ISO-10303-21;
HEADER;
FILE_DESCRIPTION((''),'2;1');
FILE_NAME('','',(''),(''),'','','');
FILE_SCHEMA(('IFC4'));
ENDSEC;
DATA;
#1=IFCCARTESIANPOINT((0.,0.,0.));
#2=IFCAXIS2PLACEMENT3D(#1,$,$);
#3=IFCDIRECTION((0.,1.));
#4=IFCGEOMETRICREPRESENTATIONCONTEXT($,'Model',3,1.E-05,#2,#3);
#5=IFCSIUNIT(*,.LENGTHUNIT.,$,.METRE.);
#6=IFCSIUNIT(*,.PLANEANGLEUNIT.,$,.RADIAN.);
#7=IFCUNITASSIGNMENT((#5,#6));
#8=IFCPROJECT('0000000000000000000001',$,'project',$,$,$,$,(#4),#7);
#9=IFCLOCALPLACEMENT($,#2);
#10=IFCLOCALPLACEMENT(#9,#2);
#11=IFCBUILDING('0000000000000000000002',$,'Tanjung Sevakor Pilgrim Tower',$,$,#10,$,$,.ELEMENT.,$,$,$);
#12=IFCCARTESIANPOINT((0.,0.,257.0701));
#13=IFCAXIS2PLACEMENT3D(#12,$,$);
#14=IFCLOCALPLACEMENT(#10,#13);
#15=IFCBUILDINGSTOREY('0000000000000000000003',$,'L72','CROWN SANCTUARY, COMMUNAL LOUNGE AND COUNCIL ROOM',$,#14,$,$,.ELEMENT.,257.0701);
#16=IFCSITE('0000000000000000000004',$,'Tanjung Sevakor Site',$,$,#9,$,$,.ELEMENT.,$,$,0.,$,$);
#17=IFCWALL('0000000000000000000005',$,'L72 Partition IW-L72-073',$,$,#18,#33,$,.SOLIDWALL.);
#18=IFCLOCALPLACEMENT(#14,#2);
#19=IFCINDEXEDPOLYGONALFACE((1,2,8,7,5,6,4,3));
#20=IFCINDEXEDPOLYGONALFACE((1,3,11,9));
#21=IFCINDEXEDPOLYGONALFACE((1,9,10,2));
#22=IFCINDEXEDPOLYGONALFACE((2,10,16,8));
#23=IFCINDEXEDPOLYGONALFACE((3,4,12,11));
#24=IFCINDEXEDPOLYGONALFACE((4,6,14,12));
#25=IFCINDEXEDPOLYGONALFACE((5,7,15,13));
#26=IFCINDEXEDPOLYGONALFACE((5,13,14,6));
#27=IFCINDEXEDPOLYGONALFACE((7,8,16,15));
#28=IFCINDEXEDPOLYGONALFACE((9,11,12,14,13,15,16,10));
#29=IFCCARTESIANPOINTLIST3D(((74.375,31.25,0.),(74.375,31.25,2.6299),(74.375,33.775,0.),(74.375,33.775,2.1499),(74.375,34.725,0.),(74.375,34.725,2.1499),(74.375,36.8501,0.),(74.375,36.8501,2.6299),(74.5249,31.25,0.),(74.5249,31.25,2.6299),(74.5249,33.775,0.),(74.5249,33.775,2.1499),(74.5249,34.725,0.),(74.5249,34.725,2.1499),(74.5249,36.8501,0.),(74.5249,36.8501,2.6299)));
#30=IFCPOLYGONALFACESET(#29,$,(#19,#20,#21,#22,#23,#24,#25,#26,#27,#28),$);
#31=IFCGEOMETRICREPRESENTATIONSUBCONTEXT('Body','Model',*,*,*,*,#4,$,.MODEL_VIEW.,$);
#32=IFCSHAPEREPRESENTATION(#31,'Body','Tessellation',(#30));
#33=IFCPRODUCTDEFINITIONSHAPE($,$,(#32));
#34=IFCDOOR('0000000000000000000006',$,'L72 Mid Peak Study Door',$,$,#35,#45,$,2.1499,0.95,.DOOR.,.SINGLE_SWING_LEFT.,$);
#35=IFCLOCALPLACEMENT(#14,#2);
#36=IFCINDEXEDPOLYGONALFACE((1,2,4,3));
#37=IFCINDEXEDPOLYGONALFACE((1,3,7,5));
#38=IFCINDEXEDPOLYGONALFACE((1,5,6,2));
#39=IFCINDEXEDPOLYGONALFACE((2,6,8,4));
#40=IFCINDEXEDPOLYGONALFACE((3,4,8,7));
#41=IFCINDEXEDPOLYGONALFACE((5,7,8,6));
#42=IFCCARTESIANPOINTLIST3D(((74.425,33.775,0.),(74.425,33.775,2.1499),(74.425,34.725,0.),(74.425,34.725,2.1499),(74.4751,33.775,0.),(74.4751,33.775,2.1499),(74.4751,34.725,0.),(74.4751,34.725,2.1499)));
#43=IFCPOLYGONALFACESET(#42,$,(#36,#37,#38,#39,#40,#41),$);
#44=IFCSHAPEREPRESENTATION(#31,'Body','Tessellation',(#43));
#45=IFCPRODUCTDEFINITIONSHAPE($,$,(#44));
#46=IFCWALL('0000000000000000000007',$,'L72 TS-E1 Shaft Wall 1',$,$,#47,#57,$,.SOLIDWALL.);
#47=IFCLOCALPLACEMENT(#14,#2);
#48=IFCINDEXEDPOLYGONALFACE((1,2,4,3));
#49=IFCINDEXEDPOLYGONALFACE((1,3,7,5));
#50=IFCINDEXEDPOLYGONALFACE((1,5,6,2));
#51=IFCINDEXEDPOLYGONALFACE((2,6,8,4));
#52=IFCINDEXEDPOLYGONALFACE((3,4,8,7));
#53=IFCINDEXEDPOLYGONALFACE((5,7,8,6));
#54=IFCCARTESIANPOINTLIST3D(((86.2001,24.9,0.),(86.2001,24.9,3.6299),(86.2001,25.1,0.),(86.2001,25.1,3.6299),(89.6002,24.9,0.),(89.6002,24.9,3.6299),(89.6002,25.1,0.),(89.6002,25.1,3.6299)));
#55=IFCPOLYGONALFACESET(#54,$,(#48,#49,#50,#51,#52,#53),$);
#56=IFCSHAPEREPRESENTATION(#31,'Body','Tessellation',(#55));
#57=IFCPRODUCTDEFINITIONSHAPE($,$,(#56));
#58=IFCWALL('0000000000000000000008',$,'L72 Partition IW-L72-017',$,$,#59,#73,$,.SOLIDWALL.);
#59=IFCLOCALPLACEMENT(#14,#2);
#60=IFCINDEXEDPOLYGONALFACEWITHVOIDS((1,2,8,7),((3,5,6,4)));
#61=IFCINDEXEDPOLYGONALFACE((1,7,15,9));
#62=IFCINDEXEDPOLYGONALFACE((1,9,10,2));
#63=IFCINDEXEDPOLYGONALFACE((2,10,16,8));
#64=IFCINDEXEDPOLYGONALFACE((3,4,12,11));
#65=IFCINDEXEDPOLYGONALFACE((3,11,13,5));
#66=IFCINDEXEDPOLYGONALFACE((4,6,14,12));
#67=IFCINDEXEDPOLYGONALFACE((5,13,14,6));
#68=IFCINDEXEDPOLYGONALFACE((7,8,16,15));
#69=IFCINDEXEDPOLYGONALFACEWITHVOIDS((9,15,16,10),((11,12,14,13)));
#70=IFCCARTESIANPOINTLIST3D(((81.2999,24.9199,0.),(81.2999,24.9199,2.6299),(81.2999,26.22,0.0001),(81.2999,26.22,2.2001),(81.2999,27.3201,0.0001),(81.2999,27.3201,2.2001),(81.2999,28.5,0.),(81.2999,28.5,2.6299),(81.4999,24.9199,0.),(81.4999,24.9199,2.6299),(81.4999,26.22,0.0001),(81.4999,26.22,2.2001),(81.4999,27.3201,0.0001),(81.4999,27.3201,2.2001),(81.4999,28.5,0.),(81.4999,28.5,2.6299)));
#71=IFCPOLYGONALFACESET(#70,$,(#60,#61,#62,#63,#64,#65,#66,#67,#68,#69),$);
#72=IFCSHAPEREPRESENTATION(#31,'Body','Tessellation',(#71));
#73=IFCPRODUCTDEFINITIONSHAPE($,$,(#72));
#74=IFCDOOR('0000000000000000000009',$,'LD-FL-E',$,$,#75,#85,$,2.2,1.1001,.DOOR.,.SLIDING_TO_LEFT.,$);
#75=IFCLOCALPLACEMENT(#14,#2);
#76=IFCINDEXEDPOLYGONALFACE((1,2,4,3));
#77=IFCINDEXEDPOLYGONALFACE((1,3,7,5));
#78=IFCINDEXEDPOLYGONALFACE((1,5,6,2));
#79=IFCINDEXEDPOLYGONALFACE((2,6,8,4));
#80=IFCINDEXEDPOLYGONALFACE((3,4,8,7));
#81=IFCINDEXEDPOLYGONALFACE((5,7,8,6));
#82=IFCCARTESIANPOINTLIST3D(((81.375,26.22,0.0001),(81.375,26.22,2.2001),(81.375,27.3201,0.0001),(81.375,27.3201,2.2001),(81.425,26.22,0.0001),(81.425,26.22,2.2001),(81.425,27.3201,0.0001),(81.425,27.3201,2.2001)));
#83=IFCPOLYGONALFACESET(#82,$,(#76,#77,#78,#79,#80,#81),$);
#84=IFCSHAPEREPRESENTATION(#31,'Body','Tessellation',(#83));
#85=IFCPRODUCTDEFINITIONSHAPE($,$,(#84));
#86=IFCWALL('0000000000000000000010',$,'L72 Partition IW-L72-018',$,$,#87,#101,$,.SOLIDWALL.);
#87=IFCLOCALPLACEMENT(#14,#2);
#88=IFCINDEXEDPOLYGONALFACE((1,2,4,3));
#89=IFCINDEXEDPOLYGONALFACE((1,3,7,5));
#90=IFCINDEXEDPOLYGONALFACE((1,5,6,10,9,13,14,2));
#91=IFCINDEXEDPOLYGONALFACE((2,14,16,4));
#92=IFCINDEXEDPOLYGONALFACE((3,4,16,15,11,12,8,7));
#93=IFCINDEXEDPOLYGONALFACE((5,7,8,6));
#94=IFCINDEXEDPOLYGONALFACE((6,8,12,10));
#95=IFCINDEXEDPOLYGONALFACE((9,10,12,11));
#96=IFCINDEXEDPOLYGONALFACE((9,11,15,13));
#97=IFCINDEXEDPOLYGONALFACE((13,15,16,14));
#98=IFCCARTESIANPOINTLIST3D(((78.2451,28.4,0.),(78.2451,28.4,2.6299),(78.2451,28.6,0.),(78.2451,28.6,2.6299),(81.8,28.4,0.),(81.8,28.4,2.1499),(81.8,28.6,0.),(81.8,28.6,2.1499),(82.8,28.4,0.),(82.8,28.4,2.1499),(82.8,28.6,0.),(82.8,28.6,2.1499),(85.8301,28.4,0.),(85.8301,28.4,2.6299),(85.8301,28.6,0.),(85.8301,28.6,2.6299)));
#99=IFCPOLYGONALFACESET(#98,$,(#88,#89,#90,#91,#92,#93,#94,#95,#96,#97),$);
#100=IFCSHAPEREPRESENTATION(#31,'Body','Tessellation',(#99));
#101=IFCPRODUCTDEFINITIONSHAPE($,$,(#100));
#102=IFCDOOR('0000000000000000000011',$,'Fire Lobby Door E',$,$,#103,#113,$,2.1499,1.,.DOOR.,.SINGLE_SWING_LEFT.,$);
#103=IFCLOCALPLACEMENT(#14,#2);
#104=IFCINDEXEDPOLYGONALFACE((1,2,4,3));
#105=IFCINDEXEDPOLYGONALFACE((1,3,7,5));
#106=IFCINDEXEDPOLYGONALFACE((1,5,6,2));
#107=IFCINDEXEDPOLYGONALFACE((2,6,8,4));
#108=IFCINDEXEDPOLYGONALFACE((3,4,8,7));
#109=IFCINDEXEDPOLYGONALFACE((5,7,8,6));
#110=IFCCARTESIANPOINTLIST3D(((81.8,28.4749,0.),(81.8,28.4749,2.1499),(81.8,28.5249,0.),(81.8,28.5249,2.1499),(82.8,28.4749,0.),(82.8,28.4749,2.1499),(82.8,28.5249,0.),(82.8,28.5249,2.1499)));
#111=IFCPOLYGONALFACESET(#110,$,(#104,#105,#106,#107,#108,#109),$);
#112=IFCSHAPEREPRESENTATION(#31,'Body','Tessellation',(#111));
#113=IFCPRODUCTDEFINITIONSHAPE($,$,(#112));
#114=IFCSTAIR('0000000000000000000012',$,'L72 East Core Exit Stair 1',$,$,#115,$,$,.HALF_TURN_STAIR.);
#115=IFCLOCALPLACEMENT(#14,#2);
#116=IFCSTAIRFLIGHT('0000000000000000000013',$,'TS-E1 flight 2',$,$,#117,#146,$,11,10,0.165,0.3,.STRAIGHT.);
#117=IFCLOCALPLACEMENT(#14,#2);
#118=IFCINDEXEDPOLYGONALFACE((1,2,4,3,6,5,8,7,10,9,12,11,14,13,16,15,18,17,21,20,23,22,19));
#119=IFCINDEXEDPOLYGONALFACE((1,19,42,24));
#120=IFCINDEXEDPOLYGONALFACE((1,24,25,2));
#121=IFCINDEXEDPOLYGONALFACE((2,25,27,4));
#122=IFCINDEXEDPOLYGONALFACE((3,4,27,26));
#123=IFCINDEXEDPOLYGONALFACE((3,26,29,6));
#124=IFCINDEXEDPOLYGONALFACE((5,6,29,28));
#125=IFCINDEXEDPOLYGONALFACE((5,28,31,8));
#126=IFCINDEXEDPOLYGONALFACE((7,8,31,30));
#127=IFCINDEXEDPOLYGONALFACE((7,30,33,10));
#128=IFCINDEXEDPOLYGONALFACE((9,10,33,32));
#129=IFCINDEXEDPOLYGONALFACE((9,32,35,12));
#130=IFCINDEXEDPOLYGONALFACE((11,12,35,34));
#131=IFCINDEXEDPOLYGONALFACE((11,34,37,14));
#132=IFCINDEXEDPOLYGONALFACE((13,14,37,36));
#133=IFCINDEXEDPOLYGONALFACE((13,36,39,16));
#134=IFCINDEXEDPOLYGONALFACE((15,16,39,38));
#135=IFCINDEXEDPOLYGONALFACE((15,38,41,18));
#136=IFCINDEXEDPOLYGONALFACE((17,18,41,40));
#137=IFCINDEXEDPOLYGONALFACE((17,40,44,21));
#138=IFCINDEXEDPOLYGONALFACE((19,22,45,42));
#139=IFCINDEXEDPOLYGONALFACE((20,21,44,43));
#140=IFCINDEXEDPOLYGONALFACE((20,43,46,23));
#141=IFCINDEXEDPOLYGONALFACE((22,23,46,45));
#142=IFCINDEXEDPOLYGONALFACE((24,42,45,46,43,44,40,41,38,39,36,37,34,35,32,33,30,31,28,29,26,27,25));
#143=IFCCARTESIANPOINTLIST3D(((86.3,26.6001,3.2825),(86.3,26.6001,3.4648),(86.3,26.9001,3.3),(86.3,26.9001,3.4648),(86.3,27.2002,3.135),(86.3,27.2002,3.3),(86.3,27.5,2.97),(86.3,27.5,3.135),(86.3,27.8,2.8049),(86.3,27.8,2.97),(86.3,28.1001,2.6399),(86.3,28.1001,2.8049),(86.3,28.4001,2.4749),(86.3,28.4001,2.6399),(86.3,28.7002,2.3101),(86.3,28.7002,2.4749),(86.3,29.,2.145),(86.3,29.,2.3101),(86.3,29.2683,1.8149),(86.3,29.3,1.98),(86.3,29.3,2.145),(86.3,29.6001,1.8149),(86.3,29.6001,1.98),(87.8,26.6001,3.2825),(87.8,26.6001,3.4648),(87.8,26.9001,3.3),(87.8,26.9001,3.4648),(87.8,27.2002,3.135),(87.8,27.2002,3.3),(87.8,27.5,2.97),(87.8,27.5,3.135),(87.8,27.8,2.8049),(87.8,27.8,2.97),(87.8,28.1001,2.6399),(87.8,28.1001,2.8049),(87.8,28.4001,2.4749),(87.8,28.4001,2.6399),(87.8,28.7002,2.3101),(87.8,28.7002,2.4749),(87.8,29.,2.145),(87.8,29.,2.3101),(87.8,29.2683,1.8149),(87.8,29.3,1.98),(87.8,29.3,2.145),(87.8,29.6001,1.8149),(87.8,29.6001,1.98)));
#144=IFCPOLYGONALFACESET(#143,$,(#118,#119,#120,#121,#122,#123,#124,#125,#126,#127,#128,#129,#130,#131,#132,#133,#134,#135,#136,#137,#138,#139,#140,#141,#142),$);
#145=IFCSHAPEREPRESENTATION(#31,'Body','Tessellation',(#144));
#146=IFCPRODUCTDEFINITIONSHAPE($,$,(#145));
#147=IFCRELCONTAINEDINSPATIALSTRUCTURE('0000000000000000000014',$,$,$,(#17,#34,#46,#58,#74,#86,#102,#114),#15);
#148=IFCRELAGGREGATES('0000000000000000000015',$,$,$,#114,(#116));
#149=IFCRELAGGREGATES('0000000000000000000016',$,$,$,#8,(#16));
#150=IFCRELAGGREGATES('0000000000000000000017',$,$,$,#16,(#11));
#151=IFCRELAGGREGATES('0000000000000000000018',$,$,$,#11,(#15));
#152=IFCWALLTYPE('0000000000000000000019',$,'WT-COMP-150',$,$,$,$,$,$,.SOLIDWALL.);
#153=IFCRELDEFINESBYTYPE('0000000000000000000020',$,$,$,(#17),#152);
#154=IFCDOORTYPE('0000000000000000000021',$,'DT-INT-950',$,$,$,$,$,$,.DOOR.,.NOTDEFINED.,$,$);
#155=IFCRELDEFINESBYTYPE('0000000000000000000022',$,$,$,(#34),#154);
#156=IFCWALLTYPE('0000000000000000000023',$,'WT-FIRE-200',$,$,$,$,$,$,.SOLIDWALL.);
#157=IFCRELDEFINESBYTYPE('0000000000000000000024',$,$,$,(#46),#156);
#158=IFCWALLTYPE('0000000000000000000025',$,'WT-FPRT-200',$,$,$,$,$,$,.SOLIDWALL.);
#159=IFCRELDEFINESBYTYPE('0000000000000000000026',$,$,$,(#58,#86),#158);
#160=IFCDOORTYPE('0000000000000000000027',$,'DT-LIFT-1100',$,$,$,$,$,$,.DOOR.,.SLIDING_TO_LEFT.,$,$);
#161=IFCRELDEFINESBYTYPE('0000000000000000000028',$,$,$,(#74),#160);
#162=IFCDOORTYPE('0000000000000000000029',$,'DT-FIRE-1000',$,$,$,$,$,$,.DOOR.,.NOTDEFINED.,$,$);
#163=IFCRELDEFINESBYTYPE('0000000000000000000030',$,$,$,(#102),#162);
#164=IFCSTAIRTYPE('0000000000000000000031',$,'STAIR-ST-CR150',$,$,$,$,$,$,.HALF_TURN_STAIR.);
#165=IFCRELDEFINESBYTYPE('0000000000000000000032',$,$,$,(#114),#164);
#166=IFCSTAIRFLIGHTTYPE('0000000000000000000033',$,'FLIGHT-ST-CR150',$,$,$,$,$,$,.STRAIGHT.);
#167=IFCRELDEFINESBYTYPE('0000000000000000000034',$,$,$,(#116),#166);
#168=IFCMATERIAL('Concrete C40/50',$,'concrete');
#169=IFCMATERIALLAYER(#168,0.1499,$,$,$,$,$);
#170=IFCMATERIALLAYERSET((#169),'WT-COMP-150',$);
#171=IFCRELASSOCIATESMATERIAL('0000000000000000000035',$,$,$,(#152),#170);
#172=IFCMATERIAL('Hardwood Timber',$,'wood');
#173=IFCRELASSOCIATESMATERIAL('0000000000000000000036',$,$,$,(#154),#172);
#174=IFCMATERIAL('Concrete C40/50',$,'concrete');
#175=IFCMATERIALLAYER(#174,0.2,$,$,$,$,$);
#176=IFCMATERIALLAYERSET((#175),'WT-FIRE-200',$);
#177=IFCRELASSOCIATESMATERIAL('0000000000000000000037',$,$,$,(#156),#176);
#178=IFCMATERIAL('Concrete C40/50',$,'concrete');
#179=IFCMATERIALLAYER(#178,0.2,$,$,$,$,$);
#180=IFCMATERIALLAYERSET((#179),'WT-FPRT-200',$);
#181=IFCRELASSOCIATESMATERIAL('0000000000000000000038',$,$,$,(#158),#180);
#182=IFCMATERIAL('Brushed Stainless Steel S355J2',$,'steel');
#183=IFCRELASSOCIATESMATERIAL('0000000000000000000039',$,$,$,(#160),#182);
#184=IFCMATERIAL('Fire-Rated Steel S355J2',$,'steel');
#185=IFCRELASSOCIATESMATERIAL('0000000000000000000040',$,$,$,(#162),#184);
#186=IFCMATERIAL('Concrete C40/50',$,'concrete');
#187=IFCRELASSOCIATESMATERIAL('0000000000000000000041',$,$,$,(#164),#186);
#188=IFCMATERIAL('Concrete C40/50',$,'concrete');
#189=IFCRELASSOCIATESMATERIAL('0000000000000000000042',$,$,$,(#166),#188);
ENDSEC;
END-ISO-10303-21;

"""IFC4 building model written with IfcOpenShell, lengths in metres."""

from ifc_helpers import new_model, si_unit, direction, frame, frame_2d, origin, place, context, subcontext, project, spatial, polyline, rectangle, outline, extrude, material, layer, layer_set, type_object, element, fill, aggregate, save


model = new_model("IFC4")

# Units and contexts
model_context = context("Model", 3, precision=1e-05, world=origin(), true_north=direction((0.0, 1.0)))
body_context = subcontext(model_context, "Body", "Model", "MODEL_VIEW")
ifc_project = project(units=[si_unit("LENGTHUNIT", "METRE"), si_unit("PLANEANGLEUNIT", "RADIAN")], contexts=[model_context])

# Site, building, storey
site_placement = place(None, origin())
site = spatial("IfcSite", under=ifc_project, at=site_placement, Name="Tanjung Sevakor Site", CompositionType="ELEMENT", RefElevation=0.0)
building_placement = place(site_placement, origin())
building = spatial("IfcBuilding", under=site, at=building_placement, Name="Tanjung Sevakor Pilgrim Tower", CompositionType="ELEMENT")
storey_placement = place(building_placement, frame((0.0, 0.0, 257.0701)))
storey = spatial("IfcBuildingStorey", under=building, at=storey_placement, Name="L72", Description="CROWN SANCTUARY, COMMUNAL LOUNGE AND COUNCIL ROOM", CompositionType="ELEMENT", Elevation=257.0701)

# Shared definitions
ifc_material_1 = material(Name="Concrete C40/50", Category="concrete")
ifc_layer_1 = layer(ifc_material_1, 0.1499)
ifc_layer_set_1 = layer_set([ifc_layer_1], Name="WT-COMP-150")
wall_type_1 = type_object("IfcWallType", Name="WT-COMP-150", PredefinedType="SOLIDWALL", material=ifc_layer_set_1)

# Wall, opening, door
wall_1_placement = place(storey_placement, frame((74.45, 31.25, 0.0), z_axis=(0.0, 0.0, 1.0), x_axis=(0.0, 1.0, 0.0)))
wall_1 = element("IfcWall", 1, at=wall_1_placement, inside=storey, type_object=wall_type_1, Name="L72 Partition IW-L72-073", PredefinedType="SOLIDWALL", context=body_context, shape_type="SweptSolid", body=[
    extrude(rectangle(XDim=5.6001, YDim=0.1499, at=frame_2d((2.8, 0.0))), origin(), (0.0, 0.0, 1.0), 2.6299),
])
opening_1_placement = place(wall_1_placement, frame((2.5249, 0.0, 0.0)))
opening_1 = element("IfcOpeningElement", 2, at=opening_1_placement, cuts=wall_1, PredefinedType="OPENING", context=body_context, shape_type="SweptSolid", body=[
    extrude(rectangle(XDim=0.95, YDim=2.1499, at=frame_2d((0.4751, 1.075))), frame((0.0, 0.085, 0.0), z_axis=(0.0, -1.0, 0.0), x_axis=(1.0, 0.0, 0.0)), (0.0, 0.0, 1.0), 0.1699),
])
ifc_material_2 = material(Name="Hardwood Timber", Category="wood")
door_type_1 = type_object("IfcDoorType", Name="DT-INT-950", OperationType="NOTDEFINED", PredefinedType="DOOR", material=ifc_material_2)
door_1_placement = place(opening_1_placement, origin())
door_1 = element("IfcDoor", 3, at=door_1_placement, inside=storey, type_object=door_type_1, Name="L72 Mid Peak Study Door", OperationType="SINGLE_SWING_LEFT", OverallHeight=2.1499, OverallWidth=0.95, PredefinedType="DOOR", context=body_context, shape_type="SweptSolid", body=[
    extrude(rectangle(XDim=0.95, YDim=2.1499, at=frame_2d((0.4751, 1.075))), frame((0.0, 0.0249, 0.0), z_axis=(0.0, -1.0, 0.0), x_axis=(1.0, 0.0, 0.0)), (0.0, 0.0, 1.0), 0.05),
])
fill(opening_1, door_1)

# Wall
ifc_material_3 = material(Name="Concrete C40/50", Category="concrete")
ifc_layer_2 = layer(ifc_material_3, 0.2)
ifc_layer_set_2 = layer_set([ifc_layer_2], Name="WT-FIRE-200")
wall_type_2 = type_object("IfcWallType", Name="WT-FIRE-200", PredefinedType="SOLIDWALL", material=ifc_layer_set_2)
wall_2_placement = place(storey_placement, frame((86.2, 25.0, 0.0), z_axis=(0.0, 0.0, 1.0), x_axis=(1.0, 0.0, 0.0)))
element("IfcWall", 4, at=wall_2_placement, inside=storey, type_object=wall_type_2, Name="L72 TS-E1 Shaft Wall 1", PredefinedType="SOLIDWALL", context=body_context, shape_type="SweptSolid", body=[
    extrude(rectangle(XDim=3.4001, YDim=0.2, at=frame_2d((1.7002, 0.0))), origin(), (0.0, 0.0, 1.0), 3.6299),
])

# Walls, openings, doors
ifc_material_4 = material(Name="Concrete C40/50", Category="concrete")
ifc_layer_3 = layer(ifc_material_4, 0.2)
ifc_layer_set_3 = layer_set([ifc_layer_3], Name="WT-FPRT-200")
wall_type_3 = type_object("IfcWallType", Name="WT-FPRT-200", PredefinedType="SOLIDWALL", material=ifc_layer_set_3)
wall_3_placement = place(storey_placement, frame((81.3999, 24.9199, 0.0), z_axis=(0.0, 0.0, 1.0), x_axis=(0.0, 1.0, 0.0)))
wall_3 = element("IfcWall", 5, at=wall_3_placement, inside=storey, type_object=wall_type_3, Name="L72 Partition IW-L72-017", PredefinedType="SOLIDWALL", context=body_context, shape_type="SweptSolid", body=[
    extrude(rectangle(XDim=3.5801, YDim=0.2, at=frame_2d((1.79, 0.0))), origin(), (0.0, 0.0, 1.0), 2.6299),
])
opening_2_placement = place(wall_3_placement, frame((1.3, 0.0, 0.0)))
opening_2 = element("IfcOpeningElement", 6, at=opening_2_placement, cuts=wall_3, PredefinedType="OPENING", context=body_context, shape_type="SweptSolid", body=[
    extrude(rectangle(XDim=1.1001, YDim=2.2, at=frame_2d((0.55, 1.1001))), frame((0.0, 0.1099, 0.0), z_axis=(0.0, -1.0, 0.0), x_axis=(1.0, 0.0, 0.0)), (0.0, 0.0, 1.0), 0.22),
])
ifc_material_5 = material(Name="Brushed Stainless Steel S355J2", Category="steel")
door_type_2 = type_object("IfcDoorType", Name="DT-LIFT-1100", OperationType="SLIDING_TO_LEFT", PredefinedType="DOOR", material=ifc_material_5)
door_2_placement = place(opening_2_placement, origin())
door_2 = element("IfcDoor", 7, at=door_2_placement, inside=storey, type_object=door_type_2, Name="LD-FL-E", OperationType="SLIDING_TO_LEFT", OverallHeight=2.2, OverallWidth=1.1001, PredefinedType="DOOR", context=body_context, shape_type="SweptSolid", body=[
    extrude(rectangle(XDim=1.1001, YDim=2.2, at=frame_2d((0.55, 1.1001))), frame((0.0, 0.0249, 0.0), z_axis=(0.0, -1.0, 0.0), x_axis=(1.0, 0.0, 0.0)), (0.0, 0.0, 1.0), 0.05),
])
fill(opening_2, door_2)
wall_4_placement = place(storey_placement, frame((78.2451, 28.5, 0.0), z_axis=(0.0, 0.0, 1.0), x_axis=(1.0, 0.0, 0.0)))
wall_4 = element("IfcWall", 8, at=wall_4_placement, inside=storey, type_object=wall_type_3, Name="L72 Partition IW-L72-018", PredefinedType="SOLIDWALL", context=body_context, shape_type="SweptSolid", body=[
    extrude(rectangle(XDim=7.585, YDim=0.2, at=frame_2d((3.7925, 0.0))), origin(), (0.0, 0.0, 1.0), 2.6299),
])
opening_3_placement = place(wall_4_placement, frame((3.5549, 0.0, 0.0)))
opening_3 = element("IfcOpeningElement", 9, at=opening_3_placement, cuts=wall_4, PredefinedType="OPENING", context=body_context, shape_type="SweptSolid", body=[
    extrude(rectangle(XDim=1.0, YDim=2.1499, at=frame_2d((0.5, 1.075))), frame((0.0, 0.1099, 0.0), z_axis=(0.0, -1.0, 0.0), x_axis=(1.0, 0.0, 0.0)), (0.0, 0.0, 1.0), 0.22),
])
ifc_material_6 = material(Name="Fire-Rated Steel S355J2", Category="steel")
door_type_3 = type_object("IfcDoorType", Name="DT-FIRE-1000", OperationType="NOTDEFINED", PredefinedType="DOOR", material=ifc_material_6)
door_3_placement = place(opening_3_placement, origin())
door_3 = element("IfcDoor", 10, at=door_3_placement, inside=storey, type_object=door_type_3, Name="Fire Lobby Door E", OperationType="SINGLE_SWING_LEFT", OverallHeight=2.1499, OverallWidth=1.0, PredefinedType="DOOR", context=body_context, shape_type="SweptSolid", body=[
    extrude(rectangle(XDim=1.0, YDim=2.1499, at=frame_2d((0.5, 1.075))), frame((0.0, 0.0249, 0.0), z_axis=(0.0, -1.0, 0.0), x_axis=(1.0, 0.0, 0.0)), (0.0, 0.0, 1.0), 0.05),
])
fill(opening_3, door_3)

# Stair, stair flight
ifc_material_7 = material(Name="Concrete C40/50", Category="concrete")
stair_type = type_object("IfcStairType", Name="STAIR-ST-CR150", PredefinedType="HALF_TURN_STAIR", material=ifc_material_7)
stair_placement = place(storey_placement, origin())
stair = element("IfcStair", 11, at=stair_placement, inside=storey, type_object=stair_type, Name="L72 East Core Exit Stair 1", PredefinedType="HALF_TURN_STAIR")
ifc_material_8 = material(Name="Concrete C40/50", Category="concrete")
stair_flight_type = type_object("IfcStairFlightType", Name="FLIGHT-ST-CR150", PredefinedType="STRAIGHT", material=ifc_material_8)
stair_flight_placement = place(storey_placement, frame((87.05, 29.6001, 1.8149), z_axis=(0.0, 0.0, 1.0), x_axis=(0.0, -1.0, 0.0)))
stair_flight = element("IfcStairFlight", 12, at=stair_flight_placement, type_object=stair_flight_type, Name="TS-E1 flight 2", NumberOfRisers=11, NumberOfTreads=10, PredefinedType="STRAIGHT", RiserHeight=0.165, TreadLength=0.3, context=body_context, shape_type="SweptSolid", body=[
    extrude(outline(polyline([(0.0, 0.0), (0.0, 0.165), (0.3, 0.165), (0.3, 0.3301), (0.6001, 0.3301), (0.6001, 0.4951), (0.8999, 0.4951), (0.8999, 0.6599), (1.2, 0.6599), (1.2, 0.825), (1.5, 0.825), (1.5, 0.99), (1.8, 0.99), (1.8, 1.155), (2.1001, 1.155), (2.1001, 1.3201), (2.3999, 1.3201), (2.3999, 1.4851), (2.7, 1.4851), (2.7, 1.6499), (3.0, 1.6499), (3.0, 1.8149), (3.0, 1.4675), (0.3318, 0.0), (0.0, 0.0)])), frame((0.0, 0.75, 0.0), z_axis=(0.0, -1.0, 0.0), x_axis=(1.0, 0.0, 0.0)), (0.0, 0.0, 1.0), 1.5),
])
aggregate(stair, [stair_flight])

save(model, "model.ifc")
